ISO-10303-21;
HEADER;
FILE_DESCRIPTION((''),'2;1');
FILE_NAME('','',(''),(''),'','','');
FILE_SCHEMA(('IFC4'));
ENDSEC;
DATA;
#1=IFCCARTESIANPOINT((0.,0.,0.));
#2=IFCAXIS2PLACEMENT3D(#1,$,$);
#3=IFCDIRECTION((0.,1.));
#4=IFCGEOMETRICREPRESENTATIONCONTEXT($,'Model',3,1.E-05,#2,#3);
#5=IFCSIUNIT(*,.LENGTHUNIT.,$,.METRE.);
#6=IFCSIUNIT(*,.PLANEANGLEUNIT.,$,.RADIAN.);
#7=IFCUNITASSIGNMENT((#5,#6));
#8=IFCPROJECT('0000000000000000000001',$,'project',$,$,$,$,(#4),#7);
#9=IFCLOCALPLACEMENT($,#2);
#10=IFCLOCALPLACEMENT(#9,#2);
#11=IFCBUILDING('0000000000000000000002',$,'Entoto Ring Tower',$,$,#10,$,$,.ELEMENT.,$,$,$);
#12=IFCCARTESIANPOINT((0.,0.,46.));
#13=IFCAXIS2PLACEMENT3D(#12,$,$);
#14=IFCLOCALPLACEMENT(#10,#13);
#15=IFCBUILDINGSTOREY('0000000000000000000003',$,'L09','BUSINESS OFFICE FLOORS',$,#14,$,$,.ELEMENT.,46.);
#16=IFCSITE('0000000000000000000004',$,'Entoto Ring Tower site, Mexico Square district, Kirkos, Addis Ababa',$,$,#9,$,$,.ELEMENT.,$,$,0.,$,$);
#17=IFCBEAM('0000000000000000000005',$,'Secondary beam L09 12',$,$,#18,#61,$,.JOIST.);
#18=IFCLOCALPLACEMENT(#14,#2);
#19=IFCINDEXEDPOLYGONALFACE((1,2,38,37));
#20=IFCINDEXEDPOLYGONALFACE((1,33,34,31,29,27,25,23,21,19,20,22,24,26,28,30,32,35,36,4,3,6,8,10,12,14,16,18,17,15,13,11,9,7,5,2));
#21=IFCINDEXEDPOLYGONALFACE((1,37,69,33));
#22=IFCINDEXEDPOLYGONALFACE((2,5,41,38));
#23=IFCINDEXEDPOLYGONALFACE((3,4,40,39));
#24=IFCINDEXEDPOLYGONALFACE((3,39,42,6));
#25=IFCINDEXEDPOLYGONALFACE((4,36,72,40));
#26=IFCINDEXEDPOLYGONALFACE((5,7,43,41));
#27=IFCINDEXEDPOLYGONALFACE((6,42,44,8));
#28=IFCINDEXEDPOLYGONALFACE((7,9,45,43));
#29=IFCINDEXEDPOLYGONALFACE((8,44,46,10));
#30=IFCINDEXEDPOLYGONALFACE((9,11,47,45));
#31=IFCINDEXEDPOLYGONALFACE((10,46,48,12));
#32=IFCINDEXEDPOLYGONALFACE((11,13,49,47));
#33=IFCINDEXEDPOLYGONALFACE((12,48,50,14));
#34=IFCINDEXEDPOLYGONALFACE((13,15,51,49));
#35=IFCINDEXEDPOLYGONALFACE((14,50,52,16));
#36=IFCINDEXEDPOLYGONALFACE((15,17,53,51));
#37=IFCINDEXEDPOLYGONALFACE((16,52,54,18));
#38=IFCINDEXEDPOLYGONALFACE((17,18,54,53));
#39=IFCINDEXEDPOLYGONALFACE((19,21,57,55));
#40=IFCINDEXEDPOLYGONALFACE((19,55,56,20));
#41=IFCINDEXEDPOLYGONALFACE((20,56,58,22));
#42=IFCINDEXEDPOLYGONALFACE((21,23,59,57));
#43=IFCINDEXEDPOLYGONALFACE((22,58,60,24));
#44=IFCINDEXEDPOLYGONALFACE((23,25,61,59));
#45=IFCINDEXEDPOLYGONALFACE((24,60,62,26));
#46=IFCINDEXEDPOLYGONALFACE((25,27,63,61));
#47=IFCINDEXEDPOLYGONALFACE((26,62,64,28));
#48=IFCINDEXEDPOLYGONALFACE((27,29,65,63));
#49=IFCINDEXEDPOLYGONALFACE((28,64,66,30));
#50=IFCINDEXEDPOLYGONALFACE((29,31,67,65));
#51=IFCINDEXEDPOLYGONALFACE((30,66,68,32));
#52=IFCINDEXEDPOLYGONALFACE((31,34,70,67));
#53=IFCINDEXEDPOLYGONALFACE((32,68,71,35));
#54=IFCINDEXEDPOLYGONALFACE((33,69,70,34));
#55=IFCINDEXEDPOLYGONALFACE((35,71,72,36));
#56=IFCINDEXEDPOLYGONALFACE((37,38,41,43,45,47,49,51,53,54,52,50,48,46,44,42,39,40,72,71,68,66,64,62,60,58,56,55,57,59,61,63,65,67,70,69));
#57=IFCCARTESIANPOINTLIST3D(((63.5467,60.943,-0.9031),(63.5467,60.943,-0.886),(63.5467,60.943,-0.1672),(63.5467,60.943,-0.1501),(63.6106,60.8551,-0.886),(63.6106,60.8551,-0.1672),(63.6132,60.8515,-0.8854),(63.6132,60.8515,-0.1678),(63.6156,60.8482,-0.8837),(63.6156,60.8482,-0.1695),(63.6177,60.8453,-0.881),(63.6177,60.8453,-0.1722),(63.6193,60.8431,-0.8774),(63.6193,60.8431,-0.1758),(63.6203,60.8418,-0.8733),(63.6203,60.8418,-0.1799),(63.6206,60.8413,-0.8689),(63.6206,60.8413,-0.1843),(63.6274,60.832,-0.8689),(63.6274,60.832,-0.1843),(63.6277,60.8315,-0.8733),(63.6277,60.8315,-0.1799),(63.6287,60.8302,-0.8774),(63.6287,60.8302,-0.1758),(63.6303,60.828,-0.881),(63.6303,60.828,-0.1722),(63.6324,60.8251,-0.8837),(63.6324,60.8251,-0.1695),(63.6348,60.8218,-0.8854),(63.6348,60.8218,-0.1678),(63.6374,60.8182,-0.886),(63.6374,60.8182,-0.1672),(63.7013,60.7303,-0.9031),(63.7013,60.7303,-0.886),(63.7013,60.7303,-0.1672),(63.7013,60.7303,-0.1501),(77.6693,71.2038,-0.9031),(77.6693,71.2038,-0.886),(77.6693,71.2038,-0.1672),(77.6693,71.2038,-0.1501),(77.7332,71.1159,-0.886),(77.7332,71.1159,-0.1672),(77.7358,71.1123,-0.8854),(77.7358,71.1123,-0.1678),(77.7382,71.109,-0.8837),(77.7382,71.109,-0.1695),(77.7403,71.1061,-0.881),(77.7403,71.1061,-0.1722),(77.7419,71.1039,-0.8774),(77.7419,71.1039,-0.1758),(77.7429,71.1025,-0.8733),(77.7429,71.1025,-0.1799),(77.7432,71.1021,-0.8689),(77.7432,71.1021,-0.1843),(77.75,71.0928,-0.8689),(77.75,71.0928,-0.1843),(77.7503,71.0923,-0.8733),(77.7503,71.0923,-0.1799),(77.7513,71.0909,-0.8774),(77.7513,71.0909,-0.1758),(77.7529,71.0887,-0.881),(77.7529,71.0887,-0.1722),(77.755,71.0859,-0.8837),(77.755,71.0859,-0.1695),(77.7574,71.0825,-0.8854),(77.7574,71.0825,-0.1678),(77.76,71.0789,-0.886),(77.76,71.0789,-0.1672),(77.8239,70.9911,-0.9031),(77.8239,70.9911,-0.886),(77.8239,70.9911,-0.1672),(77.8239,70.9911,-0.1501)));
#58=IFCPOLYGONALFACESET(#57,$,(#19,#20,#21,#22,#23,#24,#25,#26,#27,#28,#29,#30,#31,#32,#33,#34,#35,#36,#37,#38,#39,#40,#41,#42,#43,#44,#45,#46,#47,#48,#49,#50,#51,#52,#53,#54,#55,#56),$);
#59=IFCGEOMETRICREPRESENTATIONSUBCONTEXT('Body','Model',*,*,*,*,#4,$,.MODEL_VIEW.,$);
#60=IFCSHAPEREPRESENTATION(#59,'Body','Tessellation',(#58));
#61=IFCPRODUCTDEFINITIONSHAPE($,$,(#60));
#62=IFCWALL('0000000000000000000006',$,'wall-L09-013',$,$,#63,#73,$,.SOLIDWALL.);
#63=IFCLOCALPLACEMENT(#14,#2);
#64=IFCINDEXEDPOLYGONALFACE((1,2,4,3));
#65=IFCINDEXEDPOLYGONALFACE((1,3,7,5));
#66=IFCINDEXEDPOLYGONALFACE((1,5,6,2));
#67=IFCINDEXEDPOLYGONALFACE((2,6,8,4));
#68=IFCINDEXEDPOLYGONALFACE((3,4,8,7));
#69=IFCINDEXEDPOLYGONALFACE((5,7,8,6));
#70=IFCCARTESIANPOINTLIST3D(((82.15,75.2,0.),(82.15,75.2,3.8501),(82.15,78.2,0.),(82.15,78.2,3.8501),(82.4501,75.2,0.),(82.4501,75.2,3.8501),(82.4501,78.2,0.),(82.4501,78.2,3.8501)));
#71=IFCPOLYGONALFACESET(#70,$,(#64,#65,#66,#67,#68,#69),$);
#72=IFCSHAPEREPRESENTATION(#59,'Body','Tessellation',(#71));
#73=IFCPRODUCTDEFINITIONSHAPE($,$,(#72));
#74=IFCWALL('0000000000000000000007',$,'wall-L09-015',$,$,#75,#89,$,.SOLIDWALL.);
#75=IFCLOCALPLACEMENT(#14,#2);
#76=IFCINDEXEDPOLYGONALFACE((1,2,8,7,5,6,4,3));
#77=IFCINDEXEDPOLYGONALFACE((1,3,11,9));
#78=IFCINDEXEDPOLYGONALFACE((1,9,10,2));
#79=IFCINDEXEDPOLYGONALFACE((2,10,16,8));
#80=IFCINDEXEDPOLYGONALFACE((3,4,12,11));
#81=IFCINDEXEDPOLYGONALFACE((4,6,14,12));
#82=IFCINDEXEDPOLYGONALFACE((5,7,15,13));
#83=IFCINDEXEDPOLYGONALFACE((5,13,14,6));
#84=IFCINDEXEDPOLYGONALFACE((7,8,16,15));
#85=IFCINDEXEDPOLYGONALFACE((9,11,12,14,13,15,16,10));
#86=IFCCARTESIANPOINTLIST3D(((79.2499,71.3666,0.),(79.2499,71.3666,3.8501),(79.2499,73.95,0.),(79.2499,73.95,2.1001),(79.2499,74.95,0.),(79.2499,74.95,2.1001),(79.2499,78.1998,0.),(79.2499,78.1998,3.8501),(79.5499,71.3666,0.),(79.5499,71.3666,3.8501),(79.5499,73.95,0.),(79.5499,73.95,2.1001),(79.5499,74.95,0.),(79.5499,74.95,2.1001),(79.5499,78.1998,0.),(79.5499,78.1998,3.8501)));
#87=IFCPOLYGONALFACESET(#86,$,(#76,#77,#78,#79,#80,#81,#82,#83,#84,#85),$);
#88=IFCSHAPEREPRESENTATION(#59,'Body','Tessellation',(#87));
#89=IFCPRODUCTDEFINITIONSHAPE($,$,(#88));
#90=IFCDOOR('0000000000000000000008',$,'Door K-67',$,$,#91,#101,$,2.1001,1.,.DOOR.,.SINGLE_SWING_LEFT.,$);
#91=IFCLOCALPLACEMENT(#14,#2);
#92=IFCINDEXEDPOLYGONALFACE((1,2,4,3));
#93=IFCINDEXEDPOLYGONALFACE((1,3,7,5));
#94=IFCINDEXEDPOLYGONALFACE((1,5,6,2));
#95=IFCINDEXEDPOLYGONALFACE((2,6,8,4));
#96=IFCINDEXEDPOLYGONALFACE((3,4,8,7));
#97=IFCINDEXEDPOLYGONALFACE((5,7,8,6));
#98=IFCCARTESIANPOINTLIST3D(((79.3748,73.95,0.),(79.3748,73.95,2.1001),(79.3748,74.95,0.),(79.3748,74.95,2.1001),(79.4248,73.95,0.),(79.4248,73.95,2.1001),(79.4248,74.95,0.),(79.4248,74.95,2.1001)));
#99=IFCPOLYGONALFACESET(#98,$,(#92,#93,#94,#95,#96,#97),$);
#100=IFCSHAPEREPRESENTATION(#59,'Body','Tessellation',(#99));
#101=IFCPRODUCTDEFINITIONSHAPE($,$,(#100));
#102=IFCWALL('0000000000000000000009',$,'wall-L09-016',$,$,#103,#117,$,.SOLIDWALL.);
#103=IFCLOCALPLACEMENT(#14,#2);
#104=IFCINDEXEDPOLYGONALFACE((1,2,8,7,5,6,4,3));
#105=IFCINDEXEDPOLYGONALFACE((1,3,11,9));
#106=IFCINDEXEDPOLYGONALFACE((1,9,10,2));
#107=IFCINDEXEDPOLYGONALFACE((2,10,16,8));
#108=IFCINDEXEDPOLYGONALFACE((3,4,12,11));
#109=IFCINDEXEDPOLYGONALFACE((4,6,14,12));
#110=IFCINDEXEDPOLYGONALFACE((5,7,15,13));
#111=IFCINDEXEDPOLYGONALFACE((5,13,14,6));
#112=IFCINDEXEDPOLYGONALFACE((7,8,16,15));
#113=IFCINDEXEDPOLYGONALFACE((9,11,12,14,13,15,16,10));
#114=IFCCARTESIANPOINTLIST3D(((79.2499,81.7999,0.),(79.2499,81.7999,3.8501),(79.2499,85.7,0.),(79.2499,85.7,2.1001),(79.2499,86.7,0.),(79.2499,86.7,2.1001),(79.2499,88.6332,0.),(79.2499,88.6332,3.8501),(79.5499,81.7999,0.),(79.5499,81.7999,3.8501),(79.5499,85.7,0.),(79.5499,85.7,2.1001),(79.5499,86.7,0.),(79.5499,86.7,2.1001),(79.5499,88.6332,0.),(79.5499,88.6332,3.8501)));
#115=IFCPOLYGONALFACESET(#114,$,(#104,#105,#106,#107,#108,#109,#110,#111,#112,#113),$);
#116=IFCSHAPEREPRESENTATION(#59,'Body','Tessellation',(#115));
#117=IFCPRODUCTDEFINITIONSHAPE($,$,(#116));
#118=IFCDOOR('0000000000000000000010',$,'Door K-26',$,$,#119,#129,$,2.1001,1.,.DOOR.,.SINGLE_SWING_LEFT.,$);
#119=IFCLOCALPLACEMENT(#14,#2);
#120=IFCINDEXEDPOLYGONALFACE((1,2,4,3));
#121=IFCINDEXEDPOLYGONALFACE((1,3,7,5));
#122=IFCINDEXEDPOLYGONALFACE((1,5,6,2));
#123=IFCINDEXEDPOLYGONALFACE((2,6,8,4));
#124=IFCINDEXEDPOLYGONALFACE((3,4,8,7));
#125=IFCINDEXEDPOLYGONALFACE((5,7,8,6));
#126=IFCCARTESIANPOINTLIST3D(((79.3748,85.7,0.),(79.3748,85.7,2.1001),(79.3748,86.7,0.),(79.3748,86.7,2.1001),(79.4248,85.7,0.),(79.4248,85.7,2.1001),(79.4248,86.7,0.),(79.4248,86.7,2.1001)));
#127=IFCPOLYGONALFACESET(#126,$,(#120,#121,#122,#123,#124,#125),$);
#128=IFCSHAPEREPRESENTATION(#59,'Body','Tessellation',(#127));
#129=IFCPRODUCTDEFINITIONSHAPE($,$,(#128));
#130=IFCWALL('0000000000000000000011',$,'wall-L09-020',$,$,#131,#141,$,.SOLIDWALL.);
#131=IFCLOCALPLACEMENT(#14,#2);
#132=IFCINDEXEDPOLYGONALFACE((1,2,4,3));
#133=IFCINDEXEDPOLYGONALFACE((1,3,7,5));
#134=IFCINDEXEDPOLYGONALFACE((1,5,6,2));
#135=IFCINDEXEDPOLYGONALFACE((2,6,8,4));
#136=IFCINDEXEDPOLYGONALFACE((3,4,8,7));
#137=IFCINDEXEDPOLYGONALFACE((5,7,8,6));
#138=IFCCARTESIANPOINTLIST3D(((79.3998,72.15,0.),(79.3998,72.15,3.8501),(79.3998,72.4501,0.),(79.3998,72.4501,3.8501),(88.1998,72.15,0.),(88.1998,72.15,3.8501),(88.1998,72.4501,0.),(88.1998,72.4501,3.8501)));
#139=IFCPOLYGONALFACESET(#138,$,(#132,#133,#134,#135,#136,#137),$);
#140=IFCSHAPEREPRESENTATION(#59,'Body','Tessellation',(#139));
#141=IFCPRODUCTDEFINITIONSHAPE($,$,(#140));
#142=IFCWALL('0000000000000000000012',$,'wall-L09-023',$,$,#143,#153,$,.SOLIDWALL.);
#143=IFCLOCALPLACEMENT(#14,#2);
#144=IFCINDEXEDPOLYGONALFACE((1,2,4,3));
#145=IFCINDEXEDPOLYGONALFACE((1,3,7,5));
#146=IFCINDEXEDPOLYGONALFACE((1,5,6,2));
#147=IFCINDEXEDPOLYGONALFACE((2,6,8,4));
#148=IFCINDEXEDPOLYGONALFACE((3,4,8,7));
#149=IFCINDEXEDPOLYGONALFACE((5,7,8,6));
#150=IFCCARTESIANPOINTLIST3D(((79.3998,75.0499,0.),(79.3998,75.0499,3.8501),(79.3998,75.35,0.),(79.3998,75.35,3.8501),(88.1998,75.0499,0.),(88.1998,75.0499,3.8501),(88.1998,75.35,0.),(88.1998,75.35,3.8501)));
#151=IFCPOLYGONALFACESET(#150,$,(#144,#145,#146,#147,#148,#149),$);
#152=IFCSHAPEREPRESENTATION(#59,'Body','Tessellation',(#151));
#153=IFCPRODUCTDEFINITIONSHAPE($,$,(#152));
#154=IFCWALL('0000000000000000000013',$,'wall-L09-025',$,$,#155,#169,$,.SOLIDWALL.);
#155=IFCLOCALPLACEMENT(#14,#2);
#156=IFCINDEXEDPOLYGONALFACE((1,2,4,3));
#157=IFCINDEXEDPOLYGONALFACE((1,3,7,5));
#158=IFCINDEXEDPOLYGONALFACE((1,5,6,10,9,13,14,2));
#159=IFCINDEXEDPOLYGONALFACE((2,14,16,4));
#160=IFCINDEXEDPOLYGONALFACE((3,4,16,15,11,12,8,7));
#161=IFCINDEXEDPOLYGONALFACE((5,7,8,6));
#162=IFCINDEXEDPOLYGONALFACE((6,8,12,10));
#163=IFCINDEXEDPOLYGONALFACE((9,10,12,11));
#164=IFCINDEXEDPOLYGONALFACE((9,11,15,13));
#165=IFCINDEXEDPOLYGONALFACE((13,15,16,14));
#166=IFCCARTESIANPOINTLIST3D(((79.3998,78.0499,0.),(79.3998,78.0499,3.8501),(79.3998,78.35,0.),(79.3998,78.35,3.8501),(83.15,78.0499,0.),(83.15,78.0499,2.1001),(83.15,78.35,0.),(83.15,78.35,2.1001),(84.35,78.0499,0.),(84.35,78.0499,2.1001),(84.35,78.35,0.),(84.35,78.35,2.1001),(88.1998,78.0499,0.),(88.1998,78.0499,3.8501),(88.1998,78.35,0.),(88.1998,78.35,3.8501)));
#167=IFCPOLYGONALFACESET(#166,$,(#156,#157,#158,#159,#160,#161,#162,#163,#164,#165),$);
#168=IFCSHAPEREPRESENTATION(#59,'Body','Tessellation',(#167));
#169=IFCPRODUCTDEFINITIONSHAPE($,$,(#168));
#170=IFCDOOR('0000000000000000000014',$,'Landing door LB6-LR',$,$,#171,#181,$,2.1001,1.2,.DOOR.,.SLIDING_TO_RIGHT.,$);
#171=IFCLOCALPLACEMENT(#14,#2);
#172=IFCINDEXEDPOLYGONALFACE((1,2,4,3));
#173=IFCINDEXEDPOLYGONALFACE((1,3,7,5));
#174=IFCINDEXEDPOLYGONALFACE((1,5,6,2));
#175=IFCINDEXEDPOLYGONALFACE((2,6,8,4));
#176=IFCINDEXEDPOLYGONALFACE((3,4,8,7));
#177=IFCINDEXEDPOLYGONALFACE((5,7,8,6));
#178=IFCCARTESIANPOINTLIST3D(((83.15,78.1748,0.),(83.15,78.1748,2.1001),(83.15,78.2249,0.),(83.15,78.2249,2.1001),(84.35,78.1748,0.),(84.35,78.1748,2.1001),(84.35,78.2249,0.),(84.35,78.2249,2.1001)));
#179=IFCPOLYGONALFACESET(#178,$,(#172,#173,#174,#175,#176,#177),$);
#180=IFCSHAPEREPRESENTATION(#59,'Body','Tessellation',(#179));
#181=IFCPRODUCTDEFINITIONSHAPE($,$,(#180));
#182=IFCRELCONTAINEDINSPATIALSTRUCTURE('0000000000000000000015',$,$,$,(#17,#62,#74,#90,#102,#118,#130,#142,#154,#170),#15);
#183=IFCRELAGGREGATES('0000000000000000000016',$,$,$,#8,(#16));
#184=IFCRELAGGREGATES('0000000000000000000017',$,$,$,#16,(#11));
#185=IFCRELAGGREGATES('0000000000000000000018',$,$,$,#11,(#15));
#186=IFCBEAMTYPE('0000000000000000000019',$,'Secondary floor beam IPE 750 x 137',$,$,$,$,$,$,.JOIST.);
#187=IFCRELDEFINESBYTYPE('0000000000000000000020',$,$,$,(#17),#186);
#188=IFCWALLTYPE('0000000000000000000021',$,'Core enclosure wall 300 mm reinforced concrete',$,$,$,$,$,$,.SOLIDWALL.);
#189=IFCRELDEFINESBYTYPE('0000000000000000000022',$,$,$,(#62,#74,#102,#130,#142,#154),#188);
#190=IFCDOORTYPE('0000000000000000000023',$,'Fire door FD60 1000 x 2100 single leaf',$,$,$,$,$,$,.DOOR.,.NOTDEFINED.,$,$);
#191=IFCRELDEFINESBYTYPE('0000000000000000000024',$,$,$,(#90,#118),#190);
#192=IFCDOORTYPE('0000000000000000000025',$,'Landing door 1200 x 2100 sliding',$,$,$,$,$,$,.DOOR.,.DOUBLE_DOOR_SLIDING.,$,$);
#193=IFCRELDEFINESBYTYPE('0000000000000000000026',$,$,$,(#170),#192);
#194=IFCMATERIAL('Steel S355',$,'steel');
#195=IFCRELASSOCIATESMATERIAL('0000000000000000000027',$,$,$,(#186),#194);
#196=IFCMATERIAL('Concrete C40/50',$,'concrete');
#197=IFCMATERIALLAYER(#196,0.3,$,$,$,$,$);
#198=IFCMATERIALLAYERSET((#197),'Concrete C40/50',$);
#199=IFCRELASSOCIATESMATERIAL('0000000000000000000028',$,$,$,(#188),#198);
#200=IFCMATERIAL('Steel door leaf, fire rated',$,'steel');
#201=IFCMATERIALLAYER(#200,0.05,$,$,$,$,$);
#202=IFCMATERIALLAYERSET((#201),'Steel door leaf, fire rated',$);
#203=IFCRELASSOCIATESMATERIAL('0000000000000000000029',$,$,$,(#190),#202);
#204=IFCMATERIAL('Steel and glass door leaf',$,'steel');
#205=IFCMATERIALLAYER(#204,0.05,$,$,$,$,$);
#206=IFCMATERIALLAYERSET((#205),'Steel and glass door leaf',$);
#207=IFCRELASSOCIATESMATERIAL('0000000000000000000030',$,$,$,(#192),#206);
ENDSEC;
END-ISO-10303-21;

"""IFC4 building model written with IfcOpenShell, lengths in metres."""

from ifc_helpers import new_model, si_unit, direction, frame, frame_2d, origin, origin_2d, place, context, subcontext, project, spatial, rectangle, i_section, extrude, material, layer, layer_set, material_profile, profile_set, type_object, element, fill, save


model = new_model("IFC4")

# Units and contexts
model_context = context("Model", 3, precision=1e-05, world=origin(), true_north=direction((0.0, 1.0)))
body_context = subcontext(model_context, "Body", "Model", "MODEL_VIEW")
ifc_project = project(units=[si_unit("LENGTHUNIT", "METRE"), si_unit("PLANEANGLEUNIT", "RADIAN")], contexts=[model_context])

# Site, building, storey
site_placement = place(None, origin())
site = spatial("IfcSite", under=ifc_project, at=site_placement, Name="Entoto Ring Tower site, Mexico Square district, Kirkos, Addis Ababa", CompositionType="ELEMENT", RefElevation=0.0)
building_placement = place(site_placement, origin())
building = spatial("IfcBuilding", under=site, at=building_placement, Name="Entoto Ring Tower", CompositionType="ELEMENT")
storey_placement = place(building_placement, frame((0.0, 0.0, 46.0)))
storey = spatial("IfcBuildingStorey", under=building, at=storey_placement, Name="L09", Description="BUSINESS OFFICE FLOORS", CompositionType="ELEMENT", Elevation=46.0)

# Beam
ifc_material_1 = material(Name="Steel S355", Category="steel")
ifc_material_profile_1 = material_profile(ifc_material_1, i_section(OverallWidth=0.2629, OverallDepth=0.7529, WebThickness=0.0115, FlangeThickness=0.0171, FilletRadius=0.0171, at=origin_2d()), Name="IPE 750 x 137")
ifc_profile_set_1 = profile_set([ifc_material_profile_1], Name="Steel S355")
beam_type_1 = type_object("IfcBeamType", Name="Secondary floor beam IPE 750 x 137", PredefinedType="JOIST", material=ifc_profile_set_1)
beam_1_placement = place(storey_placement, frame((77.7466, 71.0974, -0.5266), z_axis=(-0.809014, -0.587789, 0.0), x_axis=(0.587789, -0.809014, 0.0)))
element("IfcBeam", 1, at=beam_1_placement, inside=storey, type_object=beam_type_1, Name="Secondary beam L09 12", PredefinedType="JOIST", context=body_context, shape_type="SweptSolid", body=[
    extrude(i_section(OverallWidth=0.2629, OverallDepth=0.7529, WebThickness=0.0115, FlangeThickness=0.0171, FilletRadius=0.0171, at=origin_2d()), origin(), (0.0, 0.0, 1.0), 17.4565),
])

# Wall
ifc_material_2 = material(Name="Concrete C40/50", Category="concrete")
ifc_layer_1 = layer(ifc_material_2, 0.3)
ifc_layer_set_1 = layer_set([ifc_layer_1], Name="Concrete C40/50")
wall_type_1 = type_object("IfcWallType", Name="Core enclosure wall 300 mm reinforced concrete", PredefinedType="SOLIDWALL", material=ifc_layer_set_1)
wall_1_placement = place(storey_placement, frame((82.3, 75.2, 0.0), z_axis=(0.0, 0.0, 1.0), x_axis=(0.0, 1.0, 0.0)))
element("IfcWall", 2, at=wall_1_placement, inside=storey, type_object=wall_type_1, Name="wall-L09-013", PredefinedType="SOLIDWALL", context=body_context, shape_type="SweptSolid", body=[
    extrude(rectangle(XDim=3.0, YDim=0.3, at=frame_2d((1.5, 0.0))), origin(), (0.0, 0.0, 1.0), 3.8501),
])

# Walls, openings, doors
wall_2_placement = place(storey_placement, frame((79.3999, 71.3667, 0.0), z_axis=(0.0, 0.0, 1.0), x_axis=(0.0, 1.0, 0.0)))
wall_2 = element("IfcWall", 3, at=wall_2_placement, inside=storey, type_object=wall_type_1, Name="wall-L09-015", PredefinedType="SOLIDWALL", context=body_context, shape_type="SweptSolid", body=[
    extrude(rectangle(XDim=6.8333, YDim=0.3, at=frame_2d((3.4165, 0.0))), origin(), (0.0, 0.0, 1.0), 3.8501),
])
opening_1_placement = place(wall_2_placement, frame((2.5833, 0.0, 0.0)))
opening_1 = element("IfcOpeningElement", 4, at=opening_1_placement, cuts=wall_2, PredefinedType="OPENING", context=body_context, shape_type="SweptSolid", body=[
    extrude(rectangle(XDim=1.0, YDim=2.1001, at=frame_2d((0.5, 1.05))), frame((0.0, 0.1602, 0.0), z_axis=(0.0, -1.0, 0.0), x_axis=(1.0, 0.0, 0.0)), (0.0, 0.0, 1.0), 0.3201),
])
ifc_material_3 = material(Name="Steel door leaf, fire rated", Category="steel")
ifc_layer_2 = layer(ifc_material_3, 0.05)
ifc_layer_set_2 = layer_set([ifc_layer_2], Name="Steel door leaf, fire rated")
door_type_1 = type_object("IfcDoorType", Name="Fire door FD60 1000 x 2100 single leaf", OperationType="NOTDEFINED", PredefinedType="DOOR", material=ifc_layer_set_2)
door_1_placement = place(opening_1_placement, frame((1.0, 0.0, 0.0), z_axis=(0.0, 0.0, 1.0), x_axis=(-1.0, 0.0, 0.0)))
door_1 = element("IfcDoor", 5, at=door_1_placement, inside=storey, type_object=door_type_1, Name="Door K-67", OperationType="SINGLE_SWING_LEFT", OverallHeight=2.1001, OverallWidth=1.0, PredefinedType="DOOR", context=body_context, shape_type="SweptSolid", body=[
    extrude(rectangle(XDim=1.0, YDim=2.1001, at=frame_2d((0.5, 1.05))), frame((0.0, 0.0249, 0.0), z_axis=(0.0, -1.0, 0.0), x_axis=(1.0, 0.0, 0.0)), (0.0, 0.0, 1.0), 0.05),
])
fill(opening_1, door_1)
wall_3_placement = place(storey_placement, frame((79.3999, 81.8, 0.0), z_axis=(0.0, 0.0, 1.0), x_axis=(0.0, 1.0, 0.0)))
wall_3 = element("IfcWall", 6, at=wall_3_placement, inside=storey, type_object=wall_type_1, Name="wall-L09-016", PredefinedType="SOLIDWALL", context=body_context, shape_type="SweptSolid", body=[
    extrude(rectangle(XDim=6.8333, YDim=0.3, at=frame_2d((3.4165, 0.0))), origin(), (0.0, 0.0, 1.0), 3.8501),
])
opening_2_placement = place(wall_3_placement, frame((3.8999, 0.0, 0.0)))
opening_2 = element("IfcOpeningElement", 7, at=opening_2_placement, cuts=wall_3, PredefinedType="OPENING", context=body_context, shape_type="SweptSolid", body=[
    extrude(rectangle(XDim=1.0, YDim=2.1001, at=frame_2d((0.5, 1.05))), frame((0.0, 0.1602, 0.0), z_axis=(0.0, -1.0, 0.0), x_axis=(1.0, 0.0, 0.0)), (0.0, 0.0, 1.0), 0.3201),
])
door_2_placement = place(opening_2_placement, frame((1.0, 0.0, 0.0), z_axis=(0.0, 0.0, 1.0), x_axis=(-1.0, 0.0, 0.0)))
door_2 = element("IfcDoor", 8, at=door_2_placement, inside=storey, type_object=door_type_1, Name="Door K-26", OperationType="SINGLE_SWING_LEFT", OverallHeight=2.1001, OverallWidth=1.0, PredefinedType="DOOR", context=body_context, shape_type="SweptSolid", body=[
    extrude(rectangle(XDim=1.0, YDim=2.1001, at=frame_2d((0.5, 1.05))), frame((0.0, 0.0249, 0.0), z_axis=(0.0, -1.0, 0.0), x_axis=(1.0, 0.0, 0.0)), (0.0, 0.0, 1.0), 0.05),
])
fill(opening_2, door_2)

# Walls
for number, where, z_axis, x_axis, name in (
    (9, (79.3999, 72.3, 0.0), (0.0, 0.0, 1.0), (1.0, 0.0, 0.0), "wall-L09-020"),
    (10, (79.3999, 75.2, 0.0), (0.0, 0.0, 1.0), (1.0, 0.0, 0.0), "wall-L09-023"),
):
    element("IfcWall", number, at=place(storey_placement, frame(where, z_axis=z_axis, x_axis=x_axis)), inside=storey, type_object=wall_type_1, Name=name, PredefinedType="SOLIDWALL", context=body_context, shape_type="SweptSolid", body=[
        extrude(rectangle(XDim=8.8, YDim=0.3, at=frame_2d((4.3999, 0.0))), origin(), (0.0, 0.0, 1.0), 3.8501),
    ])

# Wall, opening, door
wall_4_placement = place(storey_placement, frame((79.3999, 78.2, 0.0), z_axis=(0.0, 0.0, 1.0), x_axis=(1.0, 0.0, 0.0)))
wall_4 = element("IfcWall", 11, at=wall_4_placement, inside=storey, type_object=wall_type_1, Name="wall-L09-025", PredefinedType="SOLIDWALL", context=body_context, shape_type="SweptSolid", body=[
    extrude(rectangle(XDim=8.8, YDim=0.3, at=frame_2d((4.3999, 0.0))), origin(), (0.0, 0.0, 1.0), 3.8501),
])
opening_3_placement = place(wall_4_placement, frame((3.75, 0.0, 0.0)))
opening_3 = element("IfcOpeningElement", 12, at=opening_3_placement, cuts=wall_4, PredefinedType="OPENING", context=body_context, shape_type="SweptSolid", body=[
    extrude(rectangle(XDim=1.2, YDim=2.1001, at=frame_2d((0.6001, 1.05))), frame((0.0, 0.1602, 0.0), z_axis=(0.0, -1.0, 0.0), x_axis=(1.0, 0.0, 0.0)), (0.0, 0.0, 1.0), 0.3201),
])
ifc_material_4 = material(Name="Steel and glass door leaf", Category="steel")
ifc_layer_3 = layer(ifc_material_4, 0.05)
ifc_layer_set_3 = layer_set([ifc_layer_3], Name="Steel and glass door leaf")
door_type_2 = type_object("IfcDoorType", Name="Landing door 1200 x 2100 sliding", OperationType="DOUBLE_DOOR_SLIDING", PredefinedType="DOOR", material=ifc_layer_set_3)
door_3_placement = place(opening_3_placement, origin())
door_3 = element("IfcDoor", 13, at=door_3_placement, inside=storey, type_object=door_type_2, Name="Landing door LB6-LR", OperationType="SLIDING_TO_RIGHT", OverallHeight=2.1001, OverallWidth=1.2, PredefinedType="DOOR", context=body_context, shape_type="SweptSolid", body=[
    extrude(rectangle(XDim=1.2, YDim=2.1001, at=frame_2d((0.6001, 1.05))), frame((0.0, 0.0249, 0.0), z_axis=(0.0, -1.0, 0.0), x_axis=(1.0, 0.0, 0.0)), (0.0, 0.0, 1.0), 0.05),
])
fill(opening_3, door_3)

save(model, "model.ifc")
